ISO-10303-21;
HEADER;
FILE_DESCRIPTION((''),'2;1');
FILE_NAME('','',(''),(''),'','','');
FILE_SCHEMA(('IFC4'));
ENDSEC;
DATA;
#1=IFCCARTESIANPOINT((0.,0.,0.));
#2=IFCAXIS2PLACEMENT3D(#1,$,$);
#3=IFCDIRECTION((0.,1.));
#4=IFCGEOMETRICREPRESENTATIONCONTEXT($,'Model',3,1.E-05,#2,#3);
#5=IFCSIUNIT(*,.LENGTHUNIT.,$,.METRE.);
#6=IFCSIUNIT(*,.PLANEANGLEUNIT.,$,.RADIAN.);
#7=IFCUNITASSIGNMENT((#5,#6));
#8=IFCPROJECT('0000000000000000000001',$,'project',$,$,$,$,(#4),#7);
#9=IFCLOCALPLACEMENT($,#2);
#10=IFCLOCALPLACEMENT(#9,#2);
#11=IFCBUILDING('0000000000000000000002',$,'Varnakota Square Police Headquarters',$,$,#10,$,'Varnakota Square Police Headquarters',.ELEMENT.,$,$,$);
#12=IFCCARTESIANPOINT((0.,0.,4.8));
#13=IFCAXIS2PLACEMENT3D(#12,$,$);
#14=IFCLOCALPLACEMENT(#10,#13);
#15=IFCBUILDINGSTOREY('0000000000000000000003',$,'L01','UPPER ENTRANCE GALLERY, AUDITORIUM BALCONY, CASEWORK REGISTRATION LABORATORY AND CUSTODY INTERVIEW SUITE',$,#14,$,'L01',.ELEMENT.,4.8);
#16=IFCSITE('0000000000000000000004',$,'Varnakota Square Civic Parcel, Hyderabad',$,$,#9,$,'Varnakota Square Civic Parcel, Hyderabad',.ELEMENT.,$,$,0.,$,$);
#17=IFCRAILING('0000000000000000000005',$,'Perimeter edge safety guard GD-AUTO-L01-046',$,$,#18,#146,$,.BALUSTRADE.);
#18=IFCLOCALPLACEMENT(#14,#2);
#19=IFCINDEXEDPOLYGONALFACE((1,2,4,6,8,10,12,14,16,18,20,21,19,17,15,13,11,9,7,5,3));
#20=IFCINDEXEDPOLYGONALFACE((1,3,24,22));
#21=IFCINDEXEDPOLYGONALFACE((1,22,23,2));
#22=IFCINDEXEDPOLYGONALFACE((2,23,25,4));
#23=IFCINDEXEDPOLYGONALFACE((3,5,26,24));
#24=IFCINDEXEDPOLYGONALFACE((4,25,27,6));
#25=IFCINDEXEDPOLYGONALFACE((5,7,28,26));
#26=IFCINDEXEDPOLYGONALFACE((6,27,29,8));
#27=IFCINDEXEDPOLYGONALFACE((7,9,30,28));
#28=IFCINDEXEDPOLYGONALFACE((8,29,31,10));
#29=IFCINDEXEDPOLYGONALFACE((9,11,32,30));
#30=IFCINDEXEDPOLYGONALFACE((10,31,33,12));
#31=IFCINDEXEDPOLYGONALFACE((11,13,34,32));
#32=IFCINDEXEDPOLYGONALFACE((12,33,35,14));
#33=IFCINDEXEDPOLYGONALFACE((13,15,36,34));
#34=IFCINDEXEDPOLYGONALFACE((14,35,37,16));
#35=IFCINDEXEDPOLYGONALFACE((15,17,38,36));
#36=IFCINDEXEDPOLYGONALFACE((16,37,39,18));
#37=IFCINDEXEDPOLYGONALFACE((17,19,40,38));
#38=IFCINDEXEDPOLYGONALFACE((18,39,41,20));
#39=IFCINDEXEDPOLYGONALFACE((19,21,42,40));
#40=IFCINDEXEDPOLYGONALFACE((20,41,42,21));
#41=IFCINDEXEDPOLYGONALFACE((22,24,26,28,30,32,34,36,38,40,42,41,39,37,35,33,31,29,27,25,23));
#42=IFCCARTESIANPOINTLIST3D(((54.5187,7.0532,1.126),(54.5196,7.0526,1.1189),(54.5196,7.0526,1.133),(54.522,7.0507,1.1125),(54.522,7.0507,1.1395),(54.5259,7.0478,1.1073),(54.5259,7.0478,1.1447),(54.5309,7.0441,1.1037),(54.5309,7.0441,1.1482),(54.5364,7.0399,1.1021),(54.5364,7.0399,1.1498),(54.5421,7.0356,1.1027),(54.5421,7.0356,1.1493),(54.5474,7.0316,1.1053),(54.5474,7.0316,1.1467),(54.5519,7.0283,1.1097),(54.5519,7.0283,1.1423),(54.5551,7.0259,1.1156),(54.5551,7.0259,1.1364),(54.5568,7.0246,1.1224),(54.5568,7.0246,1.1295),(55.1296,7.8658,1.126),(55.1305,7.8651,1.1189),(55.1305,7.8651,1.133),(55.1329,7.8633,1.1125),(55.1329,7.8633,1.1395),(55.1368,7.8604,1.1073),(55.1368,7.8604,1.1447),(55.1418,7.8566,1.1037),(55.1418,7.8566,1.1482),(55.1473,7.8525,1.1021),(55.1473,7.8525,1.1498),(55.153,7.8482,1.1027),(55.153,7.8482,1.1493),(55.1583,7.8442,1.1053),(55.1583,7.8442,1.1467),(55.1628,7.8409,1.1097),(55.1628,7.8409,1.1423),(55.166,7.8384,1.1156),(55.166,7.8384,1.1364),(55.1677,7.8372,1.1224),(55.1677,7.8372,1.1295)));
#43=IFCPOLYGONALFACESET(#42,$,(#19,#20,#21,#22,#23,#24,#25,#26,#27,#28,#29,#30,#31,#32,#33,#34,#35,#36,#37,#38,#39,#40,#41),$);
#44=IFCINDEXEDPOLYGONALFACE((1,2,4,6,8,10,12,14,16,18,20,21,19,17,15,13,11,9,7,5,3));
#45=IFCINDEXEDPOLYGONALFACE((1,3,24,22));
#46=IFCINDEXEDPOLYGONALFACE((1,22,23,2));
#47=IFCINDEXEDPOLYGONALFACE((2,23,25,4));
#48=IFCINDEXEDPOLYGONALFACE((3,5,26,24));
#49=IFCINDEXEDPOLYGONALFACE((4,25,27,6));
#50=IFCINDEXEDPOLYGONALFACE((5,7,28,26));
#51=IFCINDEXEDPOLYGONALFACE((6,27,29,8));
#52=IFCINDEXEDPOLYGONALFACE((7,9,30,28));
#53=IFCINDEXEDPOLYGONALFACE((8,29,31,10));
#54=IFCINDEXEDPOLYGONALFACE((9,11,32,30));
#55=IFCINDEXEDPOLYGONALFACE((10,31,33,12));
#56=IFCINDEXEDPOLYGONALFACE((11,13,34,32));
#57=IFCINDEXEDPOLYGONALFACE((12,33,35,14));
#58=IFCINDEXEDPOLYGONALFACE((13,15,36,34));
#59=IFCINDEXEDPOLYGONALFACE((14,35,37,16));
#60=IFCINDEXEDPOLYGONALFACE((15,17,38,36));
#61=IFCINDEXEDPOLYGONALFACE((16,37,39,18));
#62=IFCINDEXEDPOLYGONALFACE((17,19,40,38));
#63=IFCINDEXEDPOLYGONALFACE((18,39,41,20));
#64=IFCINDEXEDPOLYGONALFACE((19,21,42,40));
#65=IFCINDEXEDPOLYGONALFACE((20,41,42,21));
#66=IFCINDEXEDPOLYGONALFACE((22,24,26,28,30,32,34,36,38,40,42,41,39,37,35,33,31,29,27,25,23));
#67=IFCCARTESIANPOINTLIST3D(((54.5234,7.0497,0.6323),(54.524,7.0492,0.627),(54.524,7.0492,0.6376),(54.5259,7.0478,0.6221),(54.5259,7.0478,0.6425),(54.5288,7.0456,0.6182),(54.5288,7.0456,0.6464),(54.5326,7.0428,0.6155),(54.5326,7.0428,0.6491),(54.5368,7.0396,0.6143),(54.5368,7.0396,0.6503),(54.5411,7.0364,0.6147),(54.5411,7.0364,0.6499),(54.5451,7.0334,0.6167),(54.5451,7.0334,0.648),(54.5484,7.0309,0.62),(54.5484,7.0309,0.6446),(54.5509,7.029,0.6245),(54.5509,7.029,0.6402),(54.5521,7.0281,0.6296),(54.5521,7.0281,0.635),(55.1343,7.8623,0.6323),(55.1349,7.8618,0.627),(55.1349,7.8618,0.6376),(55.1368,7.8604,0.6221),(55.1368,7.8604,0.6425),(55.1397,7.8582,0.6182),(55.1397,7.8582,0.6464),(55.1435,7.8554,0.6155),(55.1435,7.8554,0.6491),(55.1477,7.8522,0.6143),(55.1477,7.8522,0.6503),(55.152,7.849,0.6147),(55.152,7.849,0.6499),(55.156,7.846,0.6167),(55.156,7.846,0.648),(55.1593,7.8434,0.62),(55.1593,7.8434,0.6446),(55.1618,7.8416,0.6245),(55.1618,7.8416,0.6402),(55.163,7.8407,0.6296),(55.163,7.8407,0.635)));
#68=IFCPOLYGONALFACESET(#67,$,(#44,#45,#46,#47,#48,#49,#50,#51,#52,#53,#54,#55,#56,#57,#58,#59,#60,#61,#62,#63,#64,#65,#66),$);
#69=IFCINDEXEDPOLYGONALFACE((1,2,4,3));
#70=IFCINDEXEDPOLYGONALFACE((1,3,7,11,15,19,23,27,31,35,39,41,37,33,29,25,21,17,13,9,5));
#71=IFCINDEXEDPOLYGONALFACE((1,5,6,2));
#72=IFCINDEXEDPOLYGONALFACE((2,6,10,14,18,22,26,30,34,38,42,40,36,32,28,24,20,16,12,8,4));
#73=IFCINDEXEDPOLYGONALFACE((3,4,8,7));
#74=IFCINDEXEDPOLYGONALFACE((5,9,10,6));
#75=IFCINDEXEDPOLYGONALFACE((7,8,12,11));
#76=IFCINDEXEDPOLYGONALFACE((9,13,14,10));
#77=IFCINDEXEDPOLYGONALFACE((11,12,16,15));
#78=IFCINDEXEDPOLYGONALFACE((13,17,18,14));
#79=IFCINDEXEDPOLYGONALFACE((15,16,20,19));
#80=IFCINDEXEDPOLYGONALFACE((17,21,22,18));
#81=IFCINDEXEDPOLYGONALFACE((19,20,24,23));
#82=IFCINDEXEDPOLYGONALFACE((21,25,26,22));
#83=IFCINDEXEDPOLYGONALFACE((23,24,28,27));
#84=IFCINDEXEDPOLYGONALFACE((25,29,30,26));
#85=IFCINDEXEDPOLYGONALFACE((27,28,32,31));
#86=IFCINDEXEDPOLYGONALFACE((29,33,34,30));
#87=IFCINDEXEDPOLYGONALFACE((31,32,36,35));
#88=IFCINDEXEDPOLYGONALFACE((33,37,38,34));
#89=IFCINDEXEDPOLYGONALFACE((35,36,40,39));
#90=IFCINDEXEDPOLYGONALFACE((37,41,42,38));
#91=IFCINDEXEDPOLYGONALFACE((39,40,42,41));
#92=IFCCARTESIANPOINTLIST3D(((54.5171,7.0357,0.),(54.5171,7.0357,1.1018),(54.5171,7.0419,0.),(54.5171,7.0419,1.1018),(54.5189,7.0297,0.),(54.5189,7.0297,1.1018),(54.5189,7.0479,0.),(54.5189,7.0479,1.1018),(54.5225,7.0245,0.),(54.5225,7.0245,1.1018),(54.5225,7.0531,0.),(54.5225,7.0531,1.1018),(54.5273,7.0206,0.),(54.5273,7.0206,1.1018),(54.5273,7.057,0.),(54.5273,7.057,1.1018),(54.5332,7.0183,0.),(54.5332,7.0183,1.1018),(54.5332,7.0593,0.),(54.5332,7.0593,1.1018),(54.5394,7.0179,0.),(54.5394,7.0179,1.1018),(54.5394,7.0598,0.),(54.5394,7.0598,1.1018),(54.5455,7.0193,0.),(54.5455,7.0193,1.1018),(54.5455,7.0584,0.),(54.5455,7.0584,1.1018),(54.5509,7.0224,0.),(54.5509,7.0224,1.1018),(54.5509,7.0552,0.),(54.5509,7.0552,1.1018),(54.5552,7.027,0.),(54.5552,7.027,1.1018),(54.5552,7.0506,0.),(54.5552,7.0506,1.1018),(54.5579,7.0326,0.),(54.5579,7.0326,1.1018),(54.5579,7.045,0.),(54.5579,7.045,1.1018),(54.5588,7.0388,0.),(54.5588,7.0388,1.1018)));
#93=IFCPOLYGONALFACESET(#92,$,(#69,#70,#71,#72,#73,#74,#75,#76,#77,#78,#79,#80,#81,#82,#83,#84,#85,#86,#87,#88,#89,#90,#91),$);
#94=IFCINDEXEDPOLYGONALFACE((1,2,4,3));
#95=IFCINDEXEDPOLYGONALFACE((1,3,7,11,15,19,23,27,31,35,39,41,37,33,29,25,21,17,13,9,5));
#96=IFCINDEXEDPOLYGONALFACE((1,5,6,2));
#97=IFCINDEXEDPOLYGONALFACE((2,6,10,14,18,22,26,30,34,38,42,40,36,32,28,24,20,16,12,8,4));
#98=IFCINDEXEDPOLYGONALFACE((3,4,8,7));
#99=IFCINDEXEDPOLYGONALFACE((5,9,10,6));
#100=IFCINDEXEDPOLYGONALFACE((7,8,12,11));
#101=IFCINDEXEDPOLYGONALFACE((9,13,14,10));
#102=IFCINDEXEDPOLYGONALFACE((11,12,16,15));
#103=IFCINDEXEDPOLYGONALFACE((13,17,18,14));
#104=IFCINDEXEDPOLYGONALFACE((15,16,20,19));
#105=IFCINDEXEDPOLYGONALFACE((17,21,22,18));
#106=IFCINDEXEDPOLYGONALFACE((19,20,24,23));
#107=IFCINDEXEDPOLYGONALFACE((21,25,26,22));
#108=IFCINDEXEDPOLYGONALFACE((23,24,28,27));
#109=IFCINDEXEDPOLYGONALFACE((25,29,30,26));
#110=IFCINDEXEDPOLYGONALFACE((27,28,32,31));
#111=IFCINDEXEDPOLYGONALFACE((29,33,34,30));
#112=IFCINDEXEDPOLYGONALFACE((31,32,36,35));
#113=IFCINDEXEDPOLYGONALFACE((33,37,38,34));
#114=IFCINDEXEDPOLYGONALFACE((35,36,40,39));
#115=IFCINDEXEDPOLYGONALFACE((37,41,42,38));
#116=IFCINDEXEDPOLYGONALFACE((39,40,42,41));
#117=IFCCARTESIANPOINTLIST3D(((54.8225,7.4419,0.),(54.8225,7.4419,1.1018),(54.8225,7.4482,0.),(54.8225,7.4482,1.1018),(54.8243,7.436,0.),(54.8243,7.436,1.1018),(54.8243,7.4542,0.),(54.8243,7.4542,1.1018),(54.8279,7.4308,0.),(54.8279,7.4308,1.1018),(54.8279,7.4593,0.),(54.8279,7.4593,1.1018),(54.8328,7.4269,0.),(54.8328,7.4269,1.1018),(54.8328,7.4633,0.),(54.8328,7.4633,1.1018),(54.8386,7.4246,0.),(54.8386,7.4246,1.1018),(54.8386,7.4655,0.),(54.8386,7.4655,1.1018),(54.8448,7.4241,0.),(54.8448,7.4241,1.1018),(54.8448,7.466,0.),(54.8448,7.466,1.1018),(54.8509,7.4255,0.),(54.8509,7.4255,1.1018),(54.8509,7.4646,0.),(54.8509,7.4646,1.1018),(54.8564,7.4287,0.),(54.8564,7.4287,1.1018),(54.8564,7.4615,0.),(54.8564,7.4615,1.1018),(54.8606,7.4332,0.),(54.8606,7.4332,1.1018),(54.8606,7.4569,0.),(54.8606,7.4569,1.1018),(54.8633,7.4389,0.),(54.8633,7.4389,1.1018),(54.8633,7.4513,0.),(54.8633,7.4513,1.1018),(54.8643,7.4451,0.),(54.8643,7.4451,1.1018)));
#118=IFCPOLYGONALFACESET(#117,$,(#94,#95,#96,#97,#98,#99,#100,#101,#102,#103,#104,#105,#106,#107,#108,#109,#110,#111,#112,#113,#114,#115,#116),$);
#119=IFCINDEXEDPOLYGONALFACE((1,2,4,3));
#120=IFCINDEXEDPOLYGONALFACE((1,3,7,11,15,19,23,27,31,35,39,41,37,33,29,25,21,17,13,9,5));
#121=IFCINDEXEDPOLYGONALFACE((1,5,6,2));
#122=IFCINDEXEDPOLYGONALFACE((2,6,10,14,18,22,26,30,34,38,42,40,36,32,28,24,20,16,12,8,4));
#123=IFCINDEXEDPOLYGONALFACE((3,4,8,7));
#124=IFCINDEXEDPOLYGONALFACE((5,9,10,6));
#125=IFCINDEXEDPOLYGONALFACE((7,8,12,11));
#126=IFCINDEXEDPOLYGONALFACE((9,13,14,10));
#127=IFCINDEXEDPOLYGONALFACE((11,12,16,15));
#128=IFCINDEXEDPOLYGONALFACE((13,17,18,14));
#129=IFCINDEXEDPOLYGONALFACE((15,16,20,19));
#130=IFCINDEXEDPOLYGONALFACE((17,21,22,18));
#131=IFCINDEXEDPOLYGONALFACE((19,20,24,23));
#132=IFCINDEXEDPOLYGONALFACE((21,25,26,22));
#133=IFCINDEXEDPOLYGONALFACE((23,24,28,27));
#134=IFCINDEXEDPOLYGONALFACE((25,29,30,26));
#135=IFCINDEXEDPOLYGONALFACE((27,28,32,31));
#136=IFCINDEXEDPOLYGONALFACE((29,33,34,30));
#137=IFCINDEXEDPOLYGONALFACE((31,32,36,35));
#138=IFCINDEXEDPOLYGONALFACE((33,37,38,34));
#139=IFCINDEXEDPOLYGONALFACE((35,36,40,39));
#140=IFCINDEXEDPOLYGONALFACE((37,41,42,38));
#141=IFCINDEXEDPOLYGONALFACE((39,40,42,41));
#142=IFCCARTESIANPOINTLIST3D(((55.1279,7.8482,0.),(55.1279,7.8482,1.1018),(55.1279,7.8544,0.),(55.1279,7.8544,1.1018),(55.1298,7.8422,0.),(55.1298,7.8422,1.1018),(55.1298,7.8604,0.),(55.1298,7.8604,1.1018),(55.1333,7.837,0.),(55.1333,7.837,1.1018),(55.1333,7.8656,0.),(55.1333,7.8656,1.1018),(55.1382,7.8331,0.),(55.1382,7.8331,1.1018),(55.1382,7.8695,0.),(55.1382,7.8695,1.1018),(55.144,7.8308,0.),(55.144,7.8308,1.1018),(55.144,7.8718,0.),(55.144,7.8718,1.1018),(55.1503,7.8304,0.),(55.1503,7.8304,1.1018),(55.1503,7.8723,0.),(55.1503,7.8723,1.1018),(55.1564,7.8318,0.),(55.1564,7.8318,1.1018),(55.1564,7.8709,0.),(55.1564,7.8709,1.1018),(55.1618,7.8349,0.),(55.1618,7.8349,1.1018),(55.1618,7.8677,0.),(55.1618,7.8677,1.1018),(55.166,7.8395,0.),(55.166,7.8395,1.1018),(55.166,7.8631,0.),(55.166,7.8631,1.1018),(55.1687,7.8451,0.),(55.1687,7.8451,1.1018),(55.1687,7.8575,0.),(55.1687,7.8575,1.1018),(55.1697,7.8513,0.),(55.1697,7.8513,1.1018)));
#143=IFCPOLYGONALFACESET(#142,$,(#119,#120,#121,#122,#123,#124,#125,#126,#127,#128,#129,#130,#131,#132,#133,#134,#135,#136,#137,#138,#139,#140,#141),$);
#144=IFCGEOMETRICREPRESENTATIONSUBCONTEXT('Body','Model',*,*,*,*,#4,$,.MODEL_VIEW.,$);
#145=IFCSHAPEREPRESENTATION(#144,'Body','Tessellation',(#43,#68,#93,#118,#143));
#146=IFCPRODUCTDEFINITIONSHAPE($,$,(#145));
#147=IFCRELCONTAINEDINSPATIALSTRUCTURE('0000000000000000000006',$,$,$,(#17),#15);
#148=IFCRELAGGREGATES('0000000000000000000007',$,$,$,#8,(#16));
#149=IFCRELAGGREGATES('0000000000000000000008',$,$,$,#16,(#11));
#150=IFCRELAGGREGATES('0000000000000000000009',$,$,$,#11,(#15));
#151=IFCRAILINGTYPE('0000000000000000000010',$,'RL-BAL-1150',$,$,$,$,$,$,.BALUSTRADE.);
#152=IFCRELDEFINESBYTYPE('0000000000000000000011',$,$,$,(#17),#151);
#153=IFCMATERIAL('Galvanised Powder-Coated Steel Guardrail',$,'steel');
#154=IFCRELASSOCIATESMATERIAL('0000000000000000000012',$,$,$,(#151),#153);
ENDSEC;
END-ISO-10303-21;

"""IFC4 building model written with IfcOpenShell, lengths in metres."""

from ifc_helpers import new_model, si_unit, direction, frame, origin, origin_2d, place, context, subcontext, project, spatial, circle, extrude, material, type_object, element, save


model = new_model("IFC4")

# Units and contexts
model_context = context("Model", 3, precision=1e-05, world=origin(), true_north=direction((0.0, 1.0)))
body_context = subcontext(model_context, "Body", "Model", "MODEL_VIEW")
ifc_project = project(units=[si_unit("LENGTHUNIT", "METRE"), si_unit("PLANEANGLEUNIT", "RADIAN")], contexts=[model_context])

# Site, building, storey
site_placement = place(None, origin())
site = spatial("IfcSite", under=ifc_project, at=site_placement, Name="Varnakota Square Civic Parcel, Hyderabad", LongName="Varnakota Square Civic Parcel, Hyderabad", CompositionType="ELEMENT", RefElevation=0.0)
building_placement = place(site_placement, origin())
building = spatial("IfcBuilding", under=site, at=building_placement, Name="Varnakota Square Police Headquarters", LongName="Varnakota Square Police Headquarters", CompositionType="ELEMENT")
storey_placement = place(building_placement, frame((0.0, 0.0, 4.8)))
storey = spatial("IfcBuildingStorey", under=building, at=storey_placement, Name="L01", Description="UPPER ENTRANCE GALLERY, AUDITORIUM BALCONY, CASEWORK REGISTRATION LABORATORY AND CUSTODY INTERVIEW SUITE", LongName="L01", CompositionType="ELEMENT", Elevation=4.8)

# Railing
ifc_material_1 = material(Name="Galvanised Powder-Coated Steel Guardrail", Category="steel")
railing_type_1 = type_object("IfcRailingType", Name="RL-BAL-1150", PredefinedType="BALUSTRADE", material=ifc_material_1)
railing_1_placement = place(storey_placement, frame((54.5378, 7.0388, 0.0)))
element("IfcRailing", 1, at=railing_1_placement, inside=storey, type_object=railing_type_1, Name="Perimeter edge safety guard GD-AUTO-L01-046", PredefinedType="BALUSTRADE", context=body_context, shape_type="SweptSolid", body=[
    extrude(circle(Radius=0.0239, at=origin_2d()), frame((0.0, 0.0, 1.126), z_axis=(0.600922, 0.799308, 0.0), x_axis=(-0.799308, 0.600922, 0.0)), (0.0, 0.0, 1.0), 1.0166),
    extrude(circle(Radius=0.0181, at=origin_2d()), frame((0.0, 0.0, 0.6323), z_axis=(0.600922, 0.799308, 0.0), x_axis=(-0.799308, 0.600922, 0.0)), (0.0, 0.0, 1.0), 1.0166),
    extrude(circle(Radius=0.021, at=origin_2d()), origin(), (0.0, 0.0, 1.0), 1.1018),
    extrude(circle(Radius=0.021, at=origin_2d()), frame((0.3054, 0.4062, 0.0)), (0.0, 0.0, 1.0), 1.1018),
    extrude(circle(Radius=0.021, at=origin_2d()), frame((0.6108, 0.8125, 0.0)), (0.0, 0.0, 1.0), 1.1018),
])

save(model, "model.ifc")
